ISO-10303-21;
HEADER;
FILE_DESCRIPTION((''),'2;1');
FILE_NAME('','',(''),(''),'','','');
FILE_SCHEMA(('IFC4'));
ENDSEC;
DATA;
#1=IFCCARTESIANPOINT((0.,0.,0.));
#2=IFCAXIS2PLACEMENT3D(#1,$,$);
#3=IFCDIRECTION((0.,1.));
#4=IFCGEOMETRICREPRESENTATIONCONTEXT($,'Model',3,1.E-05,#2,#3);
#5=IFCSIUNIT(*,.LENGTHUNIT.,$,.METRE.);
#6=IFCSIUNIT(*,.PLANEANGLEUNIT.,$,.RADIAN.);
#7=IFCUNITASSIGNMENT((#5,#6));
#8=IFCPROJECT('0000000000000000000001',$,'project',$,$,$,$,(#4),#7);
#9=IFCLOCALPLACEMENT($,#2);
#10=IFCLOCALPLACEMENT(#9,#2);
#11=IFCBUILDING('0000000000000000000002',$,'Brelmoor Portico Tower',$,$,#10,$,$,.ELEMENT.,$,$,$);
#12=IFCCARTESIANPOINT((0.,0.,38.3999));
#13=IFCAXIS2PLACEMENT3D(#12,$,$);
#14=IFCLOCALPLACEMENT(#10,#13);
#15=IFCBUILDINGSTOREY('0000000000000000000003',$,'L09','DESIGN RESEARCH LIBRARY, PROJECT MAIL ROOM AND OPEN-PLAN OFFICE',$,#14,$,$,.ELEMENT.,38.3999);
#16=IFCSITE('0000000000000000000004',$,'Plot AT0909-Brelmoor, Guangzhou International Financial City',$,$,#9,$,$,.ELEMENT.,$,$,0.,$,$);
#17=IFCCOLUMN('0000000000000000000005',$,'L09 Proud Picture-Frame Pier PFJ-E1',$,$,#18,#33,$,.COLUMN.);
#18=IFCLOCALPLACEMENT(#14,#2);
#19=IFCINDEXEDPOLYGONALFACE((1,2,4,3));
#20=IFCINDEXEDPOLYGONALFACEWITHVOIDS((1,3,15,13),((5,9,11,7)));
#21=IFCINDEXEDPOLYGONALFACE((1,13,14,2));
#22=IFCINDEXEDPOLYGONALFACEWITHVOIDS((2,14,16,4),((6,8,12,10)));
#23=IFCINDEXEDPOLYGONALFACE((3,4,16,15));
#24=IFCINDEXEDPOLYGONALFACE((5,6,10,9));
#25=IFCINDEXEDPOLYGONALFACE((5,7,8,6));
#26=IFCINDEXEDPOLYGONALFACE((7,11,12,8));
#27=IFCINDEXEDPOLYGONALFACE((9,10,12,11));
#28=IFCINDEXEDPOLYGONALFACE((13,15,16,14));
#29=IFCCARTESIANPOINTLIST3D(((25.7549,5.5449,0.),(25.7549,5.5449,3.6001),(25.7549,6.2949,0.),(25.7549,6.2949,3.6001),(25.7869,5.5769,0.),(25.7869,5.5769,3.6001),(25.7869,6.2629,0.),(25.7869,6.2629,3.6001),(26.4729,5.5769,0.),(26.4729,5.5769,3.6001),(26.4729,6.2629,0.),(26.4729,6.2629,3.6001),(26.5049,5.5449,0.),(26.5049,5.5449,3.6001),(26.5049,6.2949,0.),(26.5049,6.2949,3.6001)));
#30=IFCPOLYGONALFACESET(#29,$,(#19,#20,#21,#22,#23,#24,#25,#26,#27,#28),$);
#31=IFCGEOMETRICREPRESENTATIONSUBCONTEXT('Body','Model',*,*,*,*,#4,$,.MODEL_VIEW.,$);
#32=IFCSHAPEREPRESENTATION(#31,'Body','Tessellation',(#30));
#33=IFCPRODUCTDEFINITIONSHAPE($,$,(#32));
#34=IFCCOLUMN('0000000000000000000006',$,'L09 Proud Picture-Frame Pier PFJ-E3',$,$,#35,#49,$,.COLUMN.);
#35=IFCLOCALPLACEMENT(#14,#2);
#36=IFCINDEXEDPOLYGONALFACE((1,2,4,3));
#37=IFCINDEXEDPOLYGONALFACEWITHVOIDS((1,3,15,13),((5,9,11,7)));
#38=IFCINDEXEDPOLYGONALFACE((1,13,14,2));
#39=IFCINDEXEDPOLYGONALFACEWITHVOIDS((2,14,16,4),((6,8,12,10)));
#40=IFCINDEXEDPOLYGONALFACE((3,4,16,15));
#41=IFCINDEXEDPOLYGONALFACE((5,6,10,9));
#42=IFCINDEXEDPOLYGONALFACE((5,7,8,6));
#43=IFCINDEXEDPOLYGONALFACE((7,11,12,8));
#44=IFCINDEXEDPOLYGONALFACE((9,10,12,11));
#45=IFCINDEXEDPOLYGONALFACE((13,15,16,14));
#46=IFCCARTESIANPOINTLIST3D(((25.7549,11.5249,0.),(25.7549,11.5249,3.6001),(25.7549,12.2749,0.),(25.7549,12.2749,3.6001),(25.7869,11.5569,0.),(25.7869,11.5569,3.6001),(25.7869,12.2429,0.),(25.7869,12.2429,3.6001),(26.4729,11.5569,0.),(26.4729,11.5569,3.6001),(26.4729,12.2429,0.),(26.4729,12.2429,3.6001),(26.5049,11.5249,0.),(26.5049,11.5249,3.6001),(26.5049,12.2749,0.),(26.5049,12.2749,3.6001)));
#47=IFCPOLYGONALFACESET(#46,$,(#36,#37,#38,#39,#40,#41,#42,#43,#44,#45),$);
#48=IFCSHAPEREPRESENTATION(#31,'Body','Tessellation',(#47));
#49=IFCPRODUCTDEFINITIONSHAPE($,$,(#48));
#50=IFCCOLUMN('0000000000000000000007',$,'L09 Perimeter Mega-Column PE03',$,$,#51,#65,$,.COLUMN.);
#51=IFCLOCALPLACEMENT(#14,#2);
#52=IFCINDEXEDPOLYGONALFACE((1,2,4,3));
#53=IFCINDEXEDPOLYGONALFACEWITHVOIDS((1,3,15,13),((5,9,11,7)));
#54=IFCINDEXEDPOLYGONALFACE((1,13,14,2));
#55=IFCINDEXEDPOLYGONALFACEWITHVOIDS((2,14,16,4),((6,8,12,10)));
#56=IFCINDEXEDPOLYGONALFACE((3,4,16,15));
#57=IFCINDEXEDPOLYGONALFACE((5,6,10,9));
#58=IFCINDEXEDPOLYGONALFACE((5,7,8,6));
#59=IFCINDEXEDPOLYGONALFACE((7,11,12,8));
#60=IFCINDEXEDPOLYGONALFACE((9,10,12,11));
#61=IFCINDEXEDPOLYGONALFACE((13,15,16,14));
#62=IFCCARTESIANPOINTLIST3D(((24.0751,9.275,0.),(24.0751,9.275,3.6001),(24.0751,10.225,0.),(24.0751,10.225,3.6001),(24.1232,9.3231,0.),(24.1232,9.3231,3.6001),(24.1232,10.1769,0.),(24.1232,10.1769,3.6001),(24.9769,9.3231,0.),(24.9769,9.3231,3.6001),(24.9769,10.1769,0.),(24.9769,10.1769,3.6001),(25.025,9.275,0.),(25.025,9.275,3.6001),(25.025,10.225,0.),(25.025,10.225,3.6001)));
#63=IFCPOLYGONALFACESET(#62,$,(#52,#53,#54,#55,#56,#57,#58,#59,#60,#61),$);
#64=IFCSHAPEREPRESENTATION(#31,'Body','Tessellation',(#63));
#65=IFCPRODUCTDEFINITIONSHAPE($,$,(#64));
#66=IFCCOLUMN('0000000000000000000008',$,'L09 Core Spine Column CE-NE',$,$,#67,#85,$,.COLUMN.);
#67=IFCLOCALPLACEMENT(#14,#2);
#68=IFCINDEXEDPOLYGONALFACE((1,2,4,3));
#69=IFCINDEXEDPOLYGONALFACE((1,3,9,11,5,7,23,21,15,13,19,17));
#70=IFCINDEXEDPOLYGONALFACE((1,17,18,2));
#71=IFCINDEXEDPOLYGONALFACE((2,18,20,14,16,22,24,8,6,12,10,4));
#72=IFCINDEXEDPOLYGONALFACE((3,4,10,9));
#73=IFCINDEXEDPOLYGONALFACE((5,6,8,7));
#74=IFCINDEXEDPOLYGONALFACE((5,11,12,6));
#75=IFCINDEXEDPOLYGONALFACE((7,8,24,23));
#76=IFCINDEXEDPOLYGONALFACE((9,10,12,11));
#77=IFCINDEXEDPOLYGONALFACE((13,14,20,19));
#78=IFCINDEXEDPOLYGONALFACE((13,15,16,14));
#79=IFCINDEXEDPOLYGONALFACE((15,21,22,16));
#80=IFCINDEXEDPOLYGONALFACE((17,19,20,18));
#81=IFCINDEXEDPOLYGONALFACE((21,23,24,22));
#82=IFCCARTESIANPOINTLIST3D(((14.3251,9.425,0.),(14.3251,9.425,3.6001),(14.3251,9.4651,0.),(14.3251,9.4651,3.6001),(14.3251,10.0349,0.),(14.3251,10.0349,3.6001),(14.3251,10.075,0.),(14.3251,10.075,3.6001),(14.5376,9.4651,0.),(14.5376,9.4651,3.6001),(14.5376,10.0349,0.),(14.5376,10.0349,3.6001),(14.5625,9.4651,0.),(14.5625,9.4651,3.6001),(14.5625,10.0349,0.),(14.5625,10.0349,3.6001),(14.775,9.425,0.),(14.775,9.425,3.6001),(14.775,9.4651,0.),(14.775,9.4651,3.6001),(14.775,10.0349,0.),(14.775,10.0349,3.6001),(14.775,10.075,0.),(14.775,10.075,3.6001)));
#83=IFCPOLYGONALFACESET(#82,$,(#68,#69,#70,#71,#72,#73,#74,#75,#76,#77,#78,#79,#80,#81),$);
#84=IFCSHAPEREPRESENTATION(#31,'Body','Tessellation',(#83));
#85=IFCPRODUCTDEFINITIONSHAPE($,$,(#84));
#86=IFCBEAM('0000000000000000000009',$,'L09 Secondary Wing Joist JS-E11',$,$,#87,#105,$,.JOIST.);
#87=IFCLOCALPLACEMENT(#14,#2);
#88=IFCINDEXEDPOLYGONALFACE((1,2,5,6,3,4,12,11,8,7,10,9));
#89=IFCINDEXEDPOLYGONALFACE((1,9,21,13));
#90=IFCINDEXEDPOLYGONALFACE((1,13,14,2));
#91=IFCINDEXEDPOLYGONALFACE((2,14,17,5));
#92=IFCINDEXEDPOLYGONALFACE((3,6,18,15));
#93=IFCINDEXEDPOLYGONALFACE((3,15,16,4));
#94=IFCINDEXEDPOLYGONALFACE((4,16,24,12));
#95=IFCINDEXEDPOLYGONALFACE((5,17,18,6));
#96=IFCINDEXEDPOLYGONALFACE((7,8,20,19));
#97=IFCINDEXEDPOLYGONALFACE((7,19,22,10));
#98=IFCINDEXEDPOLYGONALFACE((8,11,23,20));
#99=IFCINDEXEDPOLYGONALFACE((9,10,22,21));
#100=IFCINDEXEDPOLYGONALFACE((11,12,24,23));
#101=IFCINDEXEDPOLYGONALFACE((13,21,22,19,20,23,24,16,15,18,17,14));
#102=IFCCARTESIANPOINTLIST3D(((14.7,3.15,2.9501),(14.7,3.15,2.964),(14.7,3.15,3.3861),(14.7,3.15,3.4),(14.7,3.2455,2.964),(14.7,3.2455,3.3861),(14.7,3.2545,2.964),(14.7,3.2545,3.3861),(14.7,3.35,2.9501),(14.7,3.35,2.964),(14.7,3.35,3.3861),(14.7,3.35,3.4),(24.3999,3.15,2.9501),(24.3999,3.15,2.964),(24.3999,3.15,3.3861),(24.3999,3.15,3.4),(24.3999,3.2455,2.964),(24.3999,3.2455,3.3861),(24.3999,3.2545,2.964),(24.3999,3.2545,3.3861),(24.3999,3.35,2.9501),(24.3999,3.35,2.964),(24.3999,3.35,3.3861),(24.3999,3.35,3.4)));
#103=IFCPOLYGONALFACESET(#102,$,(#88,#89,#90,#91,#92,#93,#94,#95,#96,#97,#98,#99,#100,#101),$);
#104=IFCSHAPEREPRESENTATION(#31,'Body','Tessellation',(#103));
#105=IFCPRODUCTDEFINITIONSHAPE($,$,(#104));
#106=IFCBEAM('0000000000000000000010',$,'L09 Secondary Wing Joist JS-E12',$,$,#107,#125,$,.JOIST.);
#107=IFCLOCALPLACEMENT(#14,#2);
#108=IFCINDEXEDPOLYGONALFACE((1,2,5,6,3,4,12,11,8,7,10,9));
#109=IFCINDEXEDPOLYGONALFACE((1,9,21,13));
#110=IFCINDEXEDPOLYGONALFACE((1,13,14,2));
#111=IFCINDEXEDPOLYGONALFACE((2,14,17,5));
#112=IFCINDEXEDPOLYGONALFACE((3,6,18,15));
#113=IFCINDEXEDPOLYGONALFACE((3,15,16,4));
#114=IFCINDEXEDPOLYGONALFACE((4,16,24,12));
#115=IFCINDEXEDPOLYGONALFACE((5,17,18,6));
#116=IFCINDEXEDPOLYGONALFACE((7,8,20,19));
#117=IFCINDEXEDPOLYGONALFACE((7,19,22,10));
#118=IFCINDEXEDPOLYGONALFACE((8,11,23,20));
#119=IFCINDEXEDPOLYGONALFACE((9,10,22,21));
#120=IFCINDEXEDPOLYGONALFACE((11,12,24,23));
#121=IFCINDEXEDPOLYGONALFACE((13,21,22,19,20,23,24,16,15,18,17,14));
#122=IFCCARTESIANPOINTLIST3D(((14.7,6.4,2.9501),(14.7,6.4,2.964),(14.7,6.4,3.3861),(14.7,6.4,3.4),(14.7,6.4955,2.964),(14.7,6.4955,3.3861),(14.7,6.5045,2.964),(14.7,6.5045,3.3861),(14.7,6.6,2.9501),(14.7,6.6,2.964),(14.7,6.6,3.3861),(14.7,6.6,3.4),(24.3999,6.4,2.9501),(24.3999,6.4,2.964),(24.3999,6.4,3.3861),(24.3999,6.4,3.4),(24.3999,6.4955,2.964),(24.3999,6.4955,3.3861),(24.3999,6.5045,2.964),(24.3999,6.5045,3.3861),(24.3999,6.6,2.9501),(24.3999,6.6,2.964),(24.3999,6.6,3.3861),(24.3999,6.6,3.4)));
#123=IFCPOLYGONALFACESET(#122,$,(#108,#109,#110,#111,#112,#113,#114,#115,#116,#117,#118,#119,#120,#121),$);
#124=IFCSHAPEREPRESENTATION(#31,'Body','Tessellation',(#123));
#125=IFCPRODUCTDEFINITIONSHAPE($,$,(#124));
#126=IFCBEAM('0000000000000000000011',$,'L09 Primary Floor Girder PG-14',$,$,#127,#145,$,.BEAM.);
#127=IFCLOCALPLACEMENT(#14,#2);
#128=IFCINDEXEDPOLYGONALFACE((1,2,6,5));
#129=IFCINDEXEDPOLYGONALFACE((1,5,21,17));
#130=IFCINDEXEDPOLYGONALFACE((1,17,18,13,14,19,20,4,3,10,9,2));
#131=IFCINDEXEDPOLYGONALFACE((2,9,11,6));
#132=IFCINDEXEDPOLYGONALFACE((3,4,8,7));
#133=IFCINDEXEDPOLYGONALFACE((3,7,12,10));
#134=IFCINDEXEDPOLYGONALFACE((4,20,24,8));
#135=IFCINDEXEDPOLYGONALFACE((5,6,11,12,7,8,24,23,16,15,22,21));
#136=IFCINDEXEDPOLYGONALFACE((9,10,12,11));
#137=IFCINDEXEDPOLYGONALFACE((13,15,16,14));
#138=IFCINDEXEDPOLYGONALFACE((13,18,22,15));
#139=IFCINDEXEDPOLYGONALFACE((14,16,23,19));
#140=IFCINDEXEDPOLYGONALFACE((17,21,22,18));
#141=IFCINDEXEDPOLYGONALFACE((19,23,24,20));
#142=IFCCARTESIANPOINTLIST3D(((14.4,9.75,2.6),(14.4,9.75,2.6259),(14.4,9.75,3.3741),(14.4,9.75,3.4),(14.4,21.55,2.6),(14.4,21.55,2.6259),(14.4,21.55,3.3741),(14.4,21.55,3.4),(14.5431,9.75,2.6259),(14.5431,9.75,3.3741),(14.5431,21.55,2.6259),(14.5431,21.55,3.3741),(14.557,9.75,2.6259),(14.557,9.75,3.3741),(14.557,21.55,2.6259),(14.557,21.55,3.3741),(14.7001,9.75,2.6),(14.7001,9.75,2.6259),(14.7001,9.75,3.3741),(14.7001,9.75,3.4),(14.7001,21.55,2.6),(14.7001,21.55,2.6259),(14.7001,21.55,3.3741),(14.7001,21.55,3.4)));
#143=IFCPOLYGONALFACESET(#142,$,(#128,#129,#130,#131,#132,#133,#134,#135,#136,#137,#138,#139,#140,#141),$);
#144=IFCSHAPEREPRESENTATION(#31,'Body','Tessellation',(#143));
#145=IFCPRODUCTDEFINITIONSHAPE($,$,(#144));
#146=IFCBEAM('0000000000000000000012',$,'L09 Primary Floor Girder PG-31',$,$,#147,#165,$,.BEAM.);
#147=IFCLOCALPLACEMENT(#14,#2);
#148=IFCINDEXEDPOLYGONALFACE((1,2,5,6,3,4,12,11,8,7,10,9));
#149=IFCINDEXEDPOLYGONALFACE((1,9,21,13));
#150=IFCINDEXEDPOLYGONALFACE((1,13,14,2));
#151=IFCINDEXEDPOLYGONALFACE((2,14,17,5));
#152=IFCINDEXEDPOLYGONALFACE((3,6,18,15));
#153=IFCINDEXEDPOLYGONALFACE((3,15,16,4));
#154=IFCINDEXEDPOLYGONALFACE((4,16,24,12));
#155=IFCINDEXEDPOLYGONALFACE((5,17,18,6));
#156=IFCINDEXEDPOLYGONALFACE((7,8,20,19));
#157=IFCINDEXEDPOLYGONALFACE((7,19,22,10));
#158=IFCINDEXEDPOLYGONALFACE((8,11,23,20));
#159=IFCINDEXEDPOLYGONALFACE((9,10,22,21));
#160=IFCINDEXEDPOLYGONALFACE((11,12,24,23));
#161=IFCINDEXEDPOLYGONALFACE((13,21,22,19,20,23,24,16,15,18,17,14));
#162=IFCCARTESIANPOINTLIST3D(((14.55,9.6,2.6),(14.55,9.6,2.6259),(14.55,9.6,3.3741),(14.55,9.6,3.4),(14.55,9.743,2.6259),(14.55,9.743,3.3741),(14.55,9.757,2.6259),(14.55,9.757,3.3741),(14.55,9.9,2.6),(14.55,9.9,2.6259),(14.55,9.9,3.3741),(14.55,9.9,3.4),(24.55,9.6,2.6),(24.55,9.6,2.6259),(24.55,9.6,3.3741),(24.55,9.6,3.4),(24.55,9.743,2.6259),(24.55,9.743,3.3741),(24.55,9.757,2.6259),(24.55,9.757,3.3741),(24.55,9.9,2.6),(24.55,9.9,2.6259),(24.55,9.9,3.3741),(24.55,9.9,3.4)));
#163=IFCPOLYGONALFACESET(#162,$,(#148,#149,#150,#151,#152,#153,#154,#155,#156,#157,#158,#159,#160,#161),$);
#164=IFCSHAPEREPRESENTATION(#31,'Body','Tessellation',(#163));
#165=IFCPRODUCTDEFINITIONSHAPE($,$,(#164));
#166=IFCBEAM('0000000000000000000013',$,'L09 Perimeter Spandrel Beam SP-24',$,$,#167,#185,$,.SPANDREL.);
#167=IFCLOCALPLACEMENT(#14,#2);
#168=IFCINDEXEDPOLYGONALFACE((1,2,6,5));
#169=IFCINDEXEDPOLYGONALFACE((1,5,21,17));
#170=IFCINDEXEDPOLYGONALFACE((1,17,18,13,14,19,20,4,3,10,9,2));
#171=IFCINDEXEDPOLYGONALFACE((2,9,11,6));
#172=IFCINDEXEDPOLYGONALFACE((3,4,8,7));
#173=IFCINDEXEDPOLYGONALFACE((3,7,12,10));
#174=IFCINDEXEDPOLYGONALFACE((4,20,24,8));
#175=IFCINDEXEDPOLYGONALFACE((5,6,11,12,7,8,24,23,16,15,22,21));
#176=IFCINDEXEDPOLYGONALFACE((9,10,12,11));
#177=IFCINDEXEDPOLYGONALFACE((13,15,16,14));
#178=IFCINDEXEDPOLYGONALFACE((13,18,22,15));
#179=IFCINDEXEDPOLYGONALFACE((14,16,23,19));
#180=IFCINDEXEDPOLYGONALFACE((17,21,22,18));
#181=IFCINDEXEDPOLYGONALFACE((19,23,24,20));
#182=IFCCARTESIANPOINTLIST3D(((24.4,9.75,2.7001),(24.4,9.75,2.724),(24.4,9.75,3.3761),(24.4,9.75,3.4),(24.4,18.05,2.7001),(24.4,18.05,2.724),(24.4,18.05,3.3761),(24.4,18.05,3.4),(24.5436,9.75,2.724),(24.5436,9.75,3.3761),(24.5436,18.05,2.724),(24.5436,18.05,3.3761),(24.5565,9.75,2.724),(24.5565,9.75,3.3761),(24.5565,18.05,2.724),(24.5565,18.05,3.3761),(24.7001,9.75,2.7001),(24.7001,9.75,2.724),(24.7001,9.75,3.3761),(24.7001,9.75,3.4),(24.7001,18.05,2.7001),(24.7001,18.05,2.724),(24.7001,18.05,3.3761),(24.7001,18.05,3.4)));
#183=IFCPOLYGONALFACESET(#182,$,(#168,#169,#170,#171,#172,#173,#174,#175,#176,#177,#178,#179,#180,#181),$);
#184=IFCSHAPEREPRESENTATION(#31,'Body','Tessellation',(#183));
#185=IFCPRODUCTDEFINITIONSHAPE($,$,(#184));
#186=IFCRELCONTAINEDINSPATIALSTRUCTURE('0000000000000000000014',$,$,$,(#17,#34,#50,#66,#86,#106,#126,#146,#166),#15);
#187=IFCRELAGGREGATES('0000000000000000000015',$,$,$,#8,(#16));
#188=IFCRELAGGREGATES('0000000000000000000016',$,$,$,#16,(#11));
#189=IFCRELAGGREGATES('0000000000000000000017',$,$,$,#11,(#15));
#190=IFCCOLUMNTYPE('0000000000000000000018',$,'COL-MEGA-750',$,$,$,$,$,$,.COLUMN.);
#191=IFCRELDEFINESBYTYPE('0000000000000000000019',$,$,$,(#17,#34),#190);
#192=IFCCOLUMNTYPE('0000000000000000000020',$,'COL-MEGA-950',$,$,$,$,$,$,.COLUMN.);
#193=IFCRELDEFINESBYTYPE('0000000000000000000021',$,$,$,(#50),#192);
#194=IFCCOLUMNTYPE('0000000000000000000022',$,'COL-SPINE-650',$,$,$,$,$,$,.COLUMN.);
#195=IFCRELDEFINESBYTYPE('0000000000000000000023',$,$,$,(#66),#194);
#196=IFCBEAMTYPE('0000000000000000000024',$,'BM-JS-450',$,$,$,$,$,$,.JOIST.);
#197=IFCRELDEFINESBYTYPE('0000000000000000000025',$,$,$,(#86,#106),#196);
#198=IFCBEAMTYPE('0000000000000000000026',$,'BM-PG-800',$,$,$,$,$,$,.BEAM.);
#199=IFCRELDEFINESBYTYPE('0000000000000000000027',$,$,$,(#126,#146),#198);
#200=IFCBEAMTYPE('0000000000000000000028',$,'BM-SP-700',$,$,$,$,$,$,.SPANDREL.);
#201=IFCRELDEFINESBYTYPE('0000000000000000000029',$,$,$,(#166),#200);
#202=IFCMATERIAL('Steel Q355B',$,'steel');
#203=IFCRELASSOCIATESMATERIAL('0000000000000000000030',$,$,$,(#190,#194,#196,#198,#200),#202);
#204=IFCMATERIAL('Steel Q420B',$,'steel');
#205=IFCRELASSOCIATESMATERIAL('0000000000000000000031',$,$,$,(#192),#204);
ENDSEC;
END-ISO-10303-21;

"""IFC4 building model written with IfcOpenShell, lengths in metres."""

from ifc_helpers import new_model, si_unit, direction, frame, origin, origin_2d, place, context, subcontext, project, spatial, hollow_rectangle, i_section, extrude, material, material_profile, profile_set, type_object, element, save


model = new_model("IFC4")

# Units and contexts
model_context = context("Model", 3, precision=1e-05, world=origin(), true_north=direction((0.0, 1.0)))
body_context = subcontext(model_context, "Body", "Model", "MODEL_VIEW")
ifc_project = project(units=[si_unit("LENGTHUNIT", "METRE"), si_unit("PLANEANGLEUNIT", "RADIAN")], contexts=[model_context])

# Site, building, storey
site_placement = place(None, origin())
site = spatial("IfcSite", under=ifc_project, at=site_placement, Name="Plot AT0909-Brelmoor, Guangzhou International Financial City", CompositionType="ELEMENT", RefElevation=0.0)
building_placement = place(site_placement, origin())
building = spatial("IfcBuilding", under=site, at=building_placement, Name="Brelmoor Portico Tower", CompositionType="ELEMENT")
storey_placement = place(building_placement, frame((0.0, 0.0, 38.3999)))
storey = spatial("IfcBuildingStorey", under=building, at=storey_placement, Name="L09", Description="DESIGN RESEARCH LIBRARY, PROJECT MAIL ROOM AND OPEN-PLAN OFFICE", CompositionType="ELEMENT", Elevation=38.3999)

# Columns
ifc_material_1 = material(Name="Steel Q355B", Category="steel")
ifc_material_profile_1 = material_profile(ifc_material_1, hollow_rectangle(XDim=0.75, YDim=0.75, WallThickness=0.032, at=origin_2d()), Name="BOX 750x750x32")
ifc_profile_set_1 = profile_set([ifc_material_profile_1], Name="Steel Q355B")
column_type_1 = type_object("IfcColumnType", Name="COL-MEGA-750", PredefinedType="COLUMN", material=ifc_profile_set_1)
for number, where, z_axis, x_axis, name in (
    (1, (26.1299, 5.9199, 0.0), (0.0, 0.0, 1.0), (0.0, 1.0, 0.0), "L09 Proud Picture-Frame Pier PFJ-E1"),
    (2, (26.1299, 11.8999, 0.0), (0.0, 0.0, 1.0), (0.0, 1.0, 0.0), "L09 Proud Picture-Frame Pier PFJ-E3"),
):
    element("IfcColumn", number, at=place(storey_placement, frame(where, z_axis=z_axis, x_axis=x_axis)), inside=storey, type_object=column_type_1, Name=name, PredefinedType="COLUMN", context=body_context, shape_type="SweptSolid", body=[
        extrude(hollow_rectangle(XDim=0.75, YDim=0.75, WallThickness=0.032, at=origin_2d()), origin(), (0.0, 0.0, 1.0), 3.6001),
    ])
ifc_material_2 = material(Name="Steel Q420B", Category="steel")
ifc_material_profile_2 = material_profile(ifc_material_2, hollow_rectangle(XDim=0.95, YDim=0.95, WallThickness=0.0481, at=origin_2d()), Name="BOX 950x950x48")
ifc_profile_set_2 = profile_set([ifc_material_profile_2], Name="Steel Q420B")
column_type_2 = type_object("IfcColumnType", Name="COL-MEGA-950", PredefinedType="COLUMN", material=ifc_profile_set_2)
column_1_placement = place(storey_placement, frame((24.55, 9.75, 0.0), z_axis=(0.0, 0.0, 1.0), x_axis=(0.0, 1.0, 0.0)))
element("IfcColumn", 3, at=column_1_placement, inside=storey, type_object=column_type_2, Name="L09 Perimeter Mega-Column PE03", PredefinedType="COLUMN", context=body_context, shape_type="SweptSolid", body=[
    extrude(hollow_rectangle(XDim=0.95, YDim=0.95, WallThickness=0.0481, at=origin_2d()), origin(), (0.0, 0.0, 1.0), 3.6001),
])
ifc_material_profile_3 = material_profile(ifc_material_1, i_section(OverallWidth=0.45, OverallDepth=0.6499, WebThickness=0.0249, FlangeThickness=0.04, at=origin_2d()), Name="HW 650x450x25x40")
ifc_profile_set_3 = profile_set([ifc_material_profile_3], Name="Steel Q355B")
column_type_3 = type_object("IfcColumnType", Name="COL-SPINE-650", PredefinedType="COLUMN", material=ifc_profile_set_3)
column_2_placement = place(storey_placement, frame((14.55, 9.75, 0.0), z_axis=(0.0, 0.0, 1.0), x_axis=(1.0, 0.0, 0.0)))
element("IfcColumn", 4, at=column_2_placement, inside=storey, type_object=column_type_3, Name="L09 Core Spine Column CE-NE", PredefinedType="COLUMN", context=body_context, shape_type="SweptSolid", body=[
    extrude(i_section(OverallWidth=0.45, OverallDepth=0.6499, WebThickness=0.0249, FlangeThickness=0.04, at=origin_2d()), origin(), (0.0, 0.0, 1.0), 3.6001),
])

# Beams
ifc_material_profile_4 = material_profile(ifc_material_1, i_section(OverallWidth=0.2, OverallDepth=0.45, WebThickness=0.009, FlangeThickness=0.0139, at=origin_2d()), Name="HN 450x200x9x14")
ifc_profile_set_4 = profile_set([ifc_material_profile_4], Name="Steel Q355B")
beam_type_1 = type_object("IfcBeamType", Name="BM-JS-450", PredefinedType="JOIST", material=ifc_profile_set_4)
for number, where, z_axis, x_axis, name in (
    (5, (14.7, 3.25, 3.175), (1.0, 0.0, 0.0), (0.0, 1.0, 0.0), "L09 Secondary Wing Joist JS-E11"),
    (6, (14.7, 6.5, 3.175), (1.0, 0.0, 0.0), (0.0, 1.0, 0.0), "L09 Secondary Wing Joist JS-E12"),
):
    element("IfcBeam", number, at=place(storey_placement, frame(where, z_axis=z_axis, x_axis=x_axis)), inside=storey, type_object=beam_type_1, Name=name, PredefinedType="JOIST", context=body_context, shape_type="SweptSolid", body=[
        extrude(i_section(OverallWidth=0.2, OverallDepth=0.45, WebThickness=0.009, FlangeThickness=0.0139, at=origin_2d()), origin(), (0.0, 0.0, 1.0), 9.7),
    ])
ifc_material_profile_5 = material_profile(ifc_material_1, i_section(OverallWidth=0.3, OverallDepth=0.8, WebThickness=0.0139, FlangeThickness=0.0259, at=origin_2d()), Name="HN 800x300x14x26")
ifc_profile_set_5 = profile_set([ifc_material_profile_5], Name="Steel Q355B")
beam_type_2 = type_object("IfcBeamType", Name="BM-PG-800", PredefinedType="BEAM", material=ifc_profile_set_5)
beam_1_placement = place(storey_placement, frame((14.55, 9.75, 3.0), z_axis=(0.0, 1.0, 0.0), x_axis=(-1.0, 0.0, 0.0)))
element("IfcBeam", 7, at=beam_1_placement, inside=storey, type_object=beam_type_2, Name="L09 Primary Floor Girder PG-14", PredefinedType="BEAM", context=body_context, shape_type="SweptSolid", body=[
    extrude(i_section(OverallWidth=0.3, OverallDepth=0.8, WebThickness=0.0139, FlangeThickness=0.0259, at=origin_2d()), origin(), (0.0, 0.0, 1.0), 11.8),
])
beam_2_placement = place(storey_placement, frame((14.55, 9.75, 3.0), z_axis=(1.0, 0.0, 0.0), x_axis=(0.0, 1.0, 0.0)))
element("IfcBeam", 8, at=beam_2_placement, inside=storey, type_object=beam_type_2, Name="L09 Primary Floor Girder PG-31", PredefinedType="BEAM", context=body_context, shape_type="SweptSolid", body=[
    extrude(i_section(OverallWidth=0.3, OverallDepth=0.8, WebThickness=0.0139, FlangeThickness=0.0259, at=origin_2d()), origin(), (0.0, 0.0, 1.0), 10.0),
])
ifc_material_profile_6 = material_profile(ifc_material_1, i_section(OverallWidth=0.3, OverallDepth=0.7, WebThickness=0.0129, FlangeThickness=0.0239, at=origin_2d()), Name="HN 700x300x13x24")
ifc_profile_set_6 = profile_set([ifc_material_profile_6], Name="Steel Q355B")
beam_type_3 = type_object("IfcBeamType", Name="BM-SP-700", PredefinedType="SPANDREL", material=ifc_profile_set_6)
beam_3_placement = place(storey_placement, frame((24.55, 9.75, 3.05), z_axis=(0.0, 1.0, 0.0), x_axis=(-1.0, 0.0, 0.0)))
element("IfcBeam", 9, at=beam_3_placement, inside=storey, type_object=beam_type_3, Name="L09 Perimeter Spandrel Beam SP-24", PredefinedType="SPANDREL", context=body_context, shape_type="SweptSolid", body=[
    extrude(i_section(OverallWidth=0.3, OverallDepth=0.7, WebThickness=0.0129, FlangeThickness=0.0239, at=origin_2d()), origin(), (0.0, 0.0, 1.0), 8.3),
])

save(model, "model.ifc")
